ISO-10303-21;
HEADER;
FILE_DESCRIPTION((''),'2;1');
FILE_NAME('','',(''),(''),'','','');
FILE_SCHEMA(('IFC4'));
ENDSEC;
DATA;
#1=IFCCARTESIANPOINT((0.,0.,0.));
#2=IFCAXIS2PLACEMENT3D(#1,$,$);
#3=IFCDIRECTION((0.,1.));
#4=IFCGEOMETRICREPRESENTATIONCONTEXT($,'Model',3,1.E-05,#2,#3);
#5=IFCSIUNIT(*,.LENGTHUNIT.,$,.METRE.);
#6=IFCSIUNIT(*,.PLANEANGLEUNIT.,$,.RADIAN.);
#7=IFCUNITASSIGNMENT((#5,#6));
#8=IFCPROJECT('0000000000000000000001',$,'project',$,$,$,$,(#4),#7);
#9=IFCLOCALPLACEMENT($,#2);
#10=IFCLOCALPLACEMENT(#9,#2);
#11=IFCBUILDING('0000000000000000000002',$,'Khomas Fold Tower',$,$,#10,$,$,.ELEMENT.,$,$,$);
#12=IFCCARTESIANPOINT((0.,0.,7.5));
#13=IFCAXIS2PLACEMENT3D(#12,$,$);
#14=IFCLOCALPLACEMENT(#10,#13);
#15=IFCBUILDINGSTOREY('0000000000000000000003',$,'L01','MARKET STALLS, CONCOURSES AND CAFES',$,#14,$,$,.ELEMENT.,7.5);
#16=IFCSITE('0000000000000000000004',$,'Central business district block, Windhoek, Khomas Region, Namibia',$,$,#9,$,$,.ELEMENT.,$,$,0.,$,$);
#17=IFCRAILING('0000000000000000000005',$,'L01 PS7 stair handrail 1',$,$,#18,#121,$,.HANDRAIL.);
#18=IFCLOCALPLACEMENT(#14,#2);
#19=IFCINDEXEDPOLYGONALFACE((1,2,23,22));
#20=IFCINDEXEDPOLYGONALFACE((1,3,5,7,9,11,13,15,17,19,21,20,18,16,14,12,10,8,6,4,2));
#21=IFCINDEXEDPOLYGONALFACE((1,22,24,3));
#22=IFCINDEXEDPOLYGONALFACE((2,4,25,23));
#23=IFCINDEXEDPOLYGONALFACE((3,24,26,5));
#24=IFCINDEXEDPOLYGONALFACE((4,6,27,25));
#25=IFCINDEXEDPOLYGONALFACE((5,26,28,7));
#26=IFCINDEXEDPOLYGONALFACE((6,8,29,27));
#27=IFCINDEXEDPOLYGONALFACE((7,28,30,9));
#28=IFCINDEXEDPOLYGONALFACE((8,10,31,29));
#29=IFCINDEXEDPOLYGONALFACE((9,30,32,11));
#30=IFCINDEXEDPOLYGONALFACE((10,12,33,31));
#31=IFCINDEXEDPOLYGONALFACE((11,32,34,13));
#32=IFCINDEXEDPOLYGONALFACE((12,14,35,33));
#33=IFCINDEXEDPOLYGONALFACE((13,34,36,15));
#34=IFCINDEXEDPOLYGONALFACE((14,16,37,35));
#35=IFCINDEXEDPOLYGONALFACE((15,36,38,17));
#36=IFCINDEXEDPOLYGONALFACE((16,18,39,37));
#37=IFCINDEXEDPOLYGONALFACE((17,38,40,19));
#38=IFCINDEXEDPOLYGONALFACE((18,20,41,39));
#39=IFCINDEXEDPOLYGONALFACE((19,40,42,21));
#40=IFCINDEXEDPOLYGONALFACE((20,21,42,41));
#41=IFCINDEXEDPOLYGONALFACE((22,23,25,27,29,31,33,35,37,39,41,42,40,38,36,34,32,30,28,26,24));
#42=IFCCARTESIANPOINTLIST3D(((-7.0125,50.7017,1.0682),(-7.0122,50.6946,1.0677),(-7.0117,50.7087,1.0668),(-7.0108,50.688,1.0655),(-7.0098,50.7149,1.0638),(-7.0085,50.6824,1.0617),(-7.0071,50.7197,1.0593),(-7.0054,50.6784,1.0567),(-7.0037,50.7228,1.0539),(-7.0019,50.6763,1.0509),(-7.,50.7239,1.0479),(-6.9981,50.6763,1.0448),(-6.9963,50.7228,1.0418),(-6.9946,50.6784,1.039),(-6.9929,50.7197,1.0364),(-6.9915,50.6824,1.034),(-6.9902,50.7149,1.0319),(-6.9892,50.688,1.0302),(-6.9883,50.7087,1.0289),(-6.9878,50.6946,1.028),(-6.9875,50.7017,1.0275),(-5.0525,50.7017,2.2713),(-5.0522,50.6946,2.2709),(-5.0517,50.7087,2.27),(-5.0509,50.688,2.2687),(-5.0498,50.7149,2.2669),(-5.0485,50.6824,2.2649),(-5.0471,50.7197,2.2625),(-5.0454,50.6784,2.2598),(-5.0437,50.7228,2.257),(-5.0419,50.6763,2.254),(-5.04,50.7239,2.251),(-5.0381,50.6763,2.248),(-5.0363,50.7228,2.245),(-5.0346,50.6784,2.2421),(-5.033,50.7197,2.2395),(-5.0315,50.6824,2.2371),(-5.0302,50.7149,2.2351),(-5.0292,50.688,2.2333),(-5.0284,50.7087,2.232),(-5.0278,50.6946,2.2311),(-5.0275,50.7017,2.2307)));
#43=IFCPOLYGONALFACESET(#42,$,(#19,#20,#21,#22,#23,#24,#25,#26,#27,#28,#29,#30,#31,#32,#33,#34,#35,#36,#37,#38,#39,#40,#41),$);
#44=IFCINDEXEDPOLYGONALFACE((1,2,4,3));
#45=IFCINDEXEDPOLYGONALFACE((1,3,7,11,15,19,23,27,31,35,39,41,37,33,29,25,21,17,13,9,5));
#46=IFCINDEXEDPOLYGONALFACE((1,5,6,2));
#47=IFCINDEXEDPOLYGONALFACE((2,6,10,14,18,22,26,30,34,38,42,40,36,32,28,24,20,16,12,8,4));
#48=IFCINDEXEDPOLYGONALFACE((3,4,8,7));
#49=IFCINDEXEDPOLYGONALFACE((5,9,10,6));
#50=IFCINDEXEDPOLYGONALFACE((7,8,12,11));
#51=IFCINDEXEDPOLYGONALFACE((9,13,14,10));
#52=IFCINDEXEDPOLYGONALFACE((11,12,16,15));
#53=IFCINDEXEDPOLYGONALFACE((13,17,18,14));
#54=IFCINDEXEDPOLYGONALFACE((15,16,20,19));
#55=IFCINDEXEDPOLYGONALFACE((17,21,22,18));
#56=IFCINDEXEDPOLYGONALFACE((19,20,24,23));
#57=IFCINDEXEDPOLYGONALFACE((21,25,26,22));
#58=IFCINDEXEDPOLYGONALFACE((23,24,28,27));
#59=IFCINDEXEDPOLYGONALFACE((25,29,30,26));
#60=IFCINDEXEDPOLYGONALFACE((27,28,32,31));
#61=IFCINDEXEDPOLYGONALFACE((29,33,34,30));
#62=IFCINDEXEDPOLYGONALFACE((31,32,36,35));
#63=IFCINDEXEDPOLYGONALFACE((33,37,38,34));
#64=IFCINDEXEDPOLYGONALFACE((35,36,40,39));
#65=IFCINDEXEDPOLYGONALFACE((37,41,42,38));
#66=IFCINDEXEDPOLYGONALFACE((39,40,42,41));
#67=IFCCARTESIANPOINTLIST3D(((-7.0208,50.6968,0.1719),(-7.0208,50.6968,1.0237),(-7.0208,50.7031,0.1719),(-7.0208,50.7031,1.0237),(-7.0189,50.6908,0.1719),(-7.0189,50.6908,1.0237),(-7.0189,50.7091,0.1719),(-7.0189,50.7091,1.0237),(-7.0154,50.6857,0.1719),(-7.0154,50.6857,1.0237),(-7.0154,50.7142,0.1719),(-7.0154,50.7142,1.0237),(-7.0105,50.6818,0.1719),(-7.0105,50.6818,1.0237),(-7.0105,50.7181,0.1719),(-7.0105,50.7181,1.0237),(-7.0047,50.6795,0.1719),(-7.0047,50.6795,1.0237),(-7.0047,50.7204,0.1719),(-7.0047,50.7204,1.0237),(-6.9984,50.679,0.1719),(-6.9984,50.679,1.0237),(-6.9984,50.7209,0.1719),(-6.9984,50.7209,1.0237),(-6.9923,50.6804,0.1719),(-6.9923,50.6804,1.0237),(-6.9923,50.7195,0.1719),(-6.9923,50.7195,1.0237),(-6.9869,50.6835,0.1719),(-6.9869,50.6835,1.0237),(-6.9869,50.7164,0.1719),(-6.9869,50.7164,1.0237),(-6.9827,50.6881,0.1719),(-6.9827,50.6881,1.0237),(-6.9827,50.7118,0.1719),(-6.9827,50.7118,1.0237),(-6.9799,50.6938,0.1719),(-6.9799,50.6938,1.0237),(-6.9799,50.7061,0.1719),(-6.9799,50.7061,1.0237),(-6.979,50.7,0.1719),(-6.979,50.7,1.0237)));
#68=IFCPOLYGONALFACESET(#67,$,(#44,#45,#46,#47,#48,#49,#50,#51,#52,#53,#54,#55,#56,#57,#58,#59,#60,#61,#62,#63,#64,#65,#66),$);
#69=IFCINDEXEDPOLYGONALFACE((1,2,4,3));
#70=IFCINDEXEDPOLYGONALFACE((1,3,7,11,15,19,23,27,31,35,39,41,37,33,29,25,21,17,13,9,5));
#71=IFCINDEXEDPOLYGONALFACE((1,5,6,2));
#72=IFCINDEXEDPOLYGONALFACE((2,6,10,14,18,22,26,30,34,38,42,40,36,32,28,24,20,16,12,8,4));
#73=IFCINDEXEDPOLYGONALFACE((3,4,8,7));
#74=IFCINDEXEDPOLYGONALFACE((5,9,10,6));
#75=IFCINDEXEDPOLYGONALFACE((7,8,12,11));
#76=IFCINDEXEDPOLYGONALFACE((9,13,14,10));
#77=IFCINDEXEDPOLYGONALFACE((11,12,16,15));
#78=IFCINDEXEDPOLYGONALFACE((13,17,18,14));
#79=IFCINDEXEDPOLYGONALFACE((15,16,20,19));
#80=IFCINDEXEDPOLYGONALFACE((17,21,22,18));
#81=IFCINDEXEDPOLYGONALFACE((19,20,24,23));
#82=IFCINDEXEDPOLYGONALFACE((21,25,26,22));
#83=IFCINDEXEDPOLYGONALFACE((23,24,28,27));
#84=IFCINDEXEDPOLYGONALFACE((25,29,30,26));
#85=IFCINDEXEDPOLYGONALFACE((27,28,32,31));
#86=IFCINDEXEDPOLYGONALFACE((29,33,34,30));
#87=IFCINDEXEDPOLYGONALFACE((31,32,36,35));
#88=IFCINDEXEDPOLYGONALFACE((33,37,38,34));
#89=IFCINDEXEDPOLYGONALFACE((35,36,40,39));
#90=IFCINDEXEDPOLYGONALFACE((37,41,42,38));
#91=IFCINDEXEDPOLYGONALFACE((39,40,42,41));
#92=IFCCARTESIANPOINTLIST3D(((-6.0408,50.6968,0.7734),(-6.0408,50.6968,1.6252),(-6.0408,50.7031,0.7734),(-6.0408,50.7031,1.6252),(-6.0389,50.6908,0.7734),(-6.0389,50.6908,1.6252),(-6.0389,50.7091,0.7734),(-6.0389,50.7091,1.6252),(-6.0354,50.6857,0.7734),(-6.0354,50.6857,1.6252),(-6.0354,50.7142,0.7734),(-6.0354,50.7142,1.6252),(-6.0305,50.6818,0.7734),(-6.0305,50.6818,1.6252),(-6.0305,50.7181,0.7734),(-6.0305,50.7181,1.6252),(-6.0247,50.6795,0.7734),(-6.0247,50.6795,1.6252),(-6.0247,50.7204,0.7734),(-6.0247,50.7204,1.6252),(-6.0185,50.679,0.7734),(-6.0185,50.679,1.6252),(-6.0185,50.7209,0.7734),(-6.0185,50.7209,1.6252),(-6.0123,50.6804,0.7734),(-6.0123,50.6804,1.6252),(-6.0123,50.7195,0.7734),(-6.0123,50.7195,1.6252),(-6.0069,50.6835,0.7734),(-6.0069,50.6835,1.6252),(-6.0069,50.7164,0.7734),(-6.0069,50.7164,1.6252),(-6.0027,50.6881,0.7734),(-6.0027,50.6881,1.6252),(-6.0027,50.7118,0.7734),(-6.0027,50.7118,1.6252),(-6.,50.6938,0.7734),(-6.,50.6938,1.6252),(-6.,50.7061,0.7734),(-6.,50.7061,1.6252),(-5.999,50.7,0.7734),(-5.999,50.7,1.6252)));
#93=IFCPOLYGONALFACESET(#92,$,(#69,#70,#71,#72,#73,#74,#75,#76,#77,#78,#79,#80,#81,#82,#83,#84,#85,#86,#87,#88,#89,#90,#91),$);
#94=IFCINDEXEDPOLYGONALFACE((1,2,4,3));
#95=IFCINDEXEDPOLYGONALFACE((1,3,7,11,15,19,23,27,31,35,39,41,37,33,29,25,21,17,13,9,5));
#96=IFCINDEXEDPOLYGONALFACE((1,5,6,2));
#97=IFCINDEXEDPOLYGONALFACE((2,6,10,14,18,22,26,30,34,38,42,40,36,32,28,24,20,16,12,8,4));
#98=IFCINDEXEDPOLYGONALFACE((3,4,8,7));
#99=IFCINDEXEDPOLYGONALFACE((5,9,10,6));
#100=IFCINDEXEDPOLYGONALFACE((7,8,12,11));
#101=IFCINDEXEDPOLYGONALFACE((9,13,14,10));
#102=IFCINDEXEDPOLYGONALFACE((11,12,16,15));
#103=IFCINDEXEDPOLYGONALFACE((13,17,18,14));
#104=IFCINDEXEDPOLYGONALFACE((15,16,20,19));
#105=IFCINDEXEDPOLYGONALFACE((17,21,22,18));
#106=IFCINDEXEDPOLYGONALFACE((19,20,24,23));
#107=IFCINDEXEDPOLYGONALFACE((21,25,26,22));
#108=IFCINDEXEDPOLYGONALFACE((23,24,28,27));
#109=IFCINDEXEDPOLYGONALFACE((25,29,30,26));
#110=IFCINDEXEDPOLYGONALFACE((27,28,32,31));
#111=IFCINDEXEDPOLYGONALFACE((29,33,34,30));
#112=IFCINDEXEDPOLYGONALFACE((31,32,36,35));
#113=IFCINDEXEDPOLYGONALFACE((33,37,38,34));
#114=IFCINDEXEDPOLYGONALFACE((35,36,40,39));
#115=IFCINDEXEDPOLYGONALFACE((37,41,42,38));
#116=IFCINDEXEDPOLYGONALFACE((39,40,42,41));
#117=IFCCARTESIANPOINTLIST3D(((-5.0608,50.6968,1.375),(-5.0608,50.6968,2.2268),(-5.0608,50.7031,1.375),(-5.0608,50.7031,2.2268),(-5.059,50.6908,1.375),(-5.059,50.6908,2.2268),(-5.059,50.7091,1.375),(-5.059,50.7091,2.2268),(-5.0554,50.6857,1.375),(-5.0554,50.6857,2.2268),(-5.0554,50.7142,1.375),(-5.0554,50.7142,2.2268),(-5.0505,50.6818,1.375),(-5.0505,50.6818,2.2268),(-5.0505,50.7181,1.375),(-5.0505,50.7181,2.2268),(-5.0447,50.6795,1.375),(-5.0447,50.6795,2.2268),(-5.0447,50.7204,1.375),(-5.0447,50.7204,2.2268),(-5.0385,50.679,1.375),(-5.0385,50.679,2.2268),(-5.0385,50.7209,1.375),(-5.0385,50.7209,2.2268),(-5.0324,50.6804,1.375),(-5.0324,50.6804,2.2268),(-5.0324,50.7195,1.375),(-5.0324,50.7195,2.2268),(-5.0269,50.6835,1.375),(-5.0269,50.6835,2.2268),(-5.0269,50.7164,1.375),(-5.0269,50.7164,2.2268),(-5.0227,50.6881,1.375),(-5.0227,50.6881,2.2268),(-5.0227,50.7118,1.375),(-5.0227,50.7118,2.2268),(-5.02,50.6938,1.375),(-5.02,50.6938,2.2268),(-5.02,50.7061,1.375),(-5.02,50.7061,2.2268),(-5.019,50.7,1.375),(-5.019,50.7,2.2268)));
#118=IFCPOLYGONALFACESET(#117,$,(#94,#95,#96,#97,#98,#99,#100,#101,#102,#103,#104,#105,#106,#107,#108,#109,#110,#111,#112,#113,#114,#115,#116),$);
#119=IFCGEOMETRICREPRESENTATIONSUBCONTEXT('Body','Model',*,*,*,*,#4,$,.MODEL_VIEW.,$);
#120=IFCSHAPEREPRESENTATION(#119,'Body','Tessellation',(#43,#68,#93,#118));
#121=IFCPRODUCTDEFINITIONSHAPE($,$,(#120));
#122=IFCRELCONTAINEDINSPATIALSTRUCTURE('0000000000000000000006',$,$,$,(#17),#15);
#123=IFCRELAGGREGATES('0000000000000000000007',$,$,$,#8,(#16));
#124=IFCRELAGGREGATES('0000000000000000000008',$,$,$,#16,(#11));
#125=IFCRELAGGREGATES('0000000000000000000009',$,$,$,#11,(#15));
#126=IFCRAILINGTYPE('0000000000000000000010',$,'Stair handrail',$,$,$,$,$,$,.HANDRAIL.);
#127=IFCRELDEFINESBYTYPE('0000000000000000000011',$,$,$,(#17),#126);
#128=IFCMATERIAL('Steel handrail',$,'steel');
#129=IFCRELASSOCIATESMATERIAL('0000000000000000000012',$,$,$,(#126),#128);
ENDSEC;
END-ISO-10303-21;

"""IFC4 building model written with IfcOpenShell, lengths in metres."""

from ifc_helpers import new_model, si_unit, direction, frame, origin, origin_2d, place, context, subcontext, project, spatial, circle, extrude, source, transform, mapped, material, type_object, element, save


model = new_model("IFC4")

# Units and contexts
model_context = context("Model", 3, precision=1e-05, world=origin(), true_north=direction((0.0, 1.0)))
body_context = subcontext(model_context, "Body", "Model", "MODEL_VIEW")
ifc_project = project(units=[si_unit("LENGTHUNIT", "METRE"), si_unit("PLANEANGLEUNIT", "RADIAN")], contexts=[model_context])

# Site, building, storey
site_placement = place(None, origin())
site = spatial("IfcSite", under=ifc_project, at=site_placement, Name="Central business district block, Windhoek, Khomas Region, Namibia", CompositionType="ELEMENT", RefElevation=0.0)
building_placement = place(site_placement, origin())
building = spatial("IfcBuilding", under=site, at=building_placement, Name="Khomas Fold Tower", CompositionType="ELEMENT")
storey_placement = place(building_placement, frame((0.0, 0.0, 7.5)))
storey = spatial("IfcBuildingStorey", under=building, at=storey_placement, Name="L01", Description="MARKET STALLS, CONCOURSES AND CAFES", CompositionType="ELEMENT", Elevation=7.5)

# Railing
ifc_material_1 = material(Name="Steel handrail", Category="steel")
railing_type_1 = type_object("IfcRailingType", Name="Stair handrail", PredefinedType="HANDRAIL", material=ifc_material_1)
shared_shape_1 = source(origin(), body_context, "Body", "SweptSolid", [
    extrude(circle(Radius=0.0239, at=origin_2d()), frame((0.0, 0.0, 0.876), z_axis=(0.852241, 0.0, 0.523149), x_axis=(0.0, 1.0, 0.0)), (0.0, 0.0, 1.0), 2.2998),
    extrude(circle(Radius=0.021, at=origin_2d()), origin(), (0.0, 0.0, 1.0), 0.8518),
    extrude(circle(Radius=0.021, at=origin_2d()), frame((0.98, 0.0, 0.6016)), (0.0, 0.0, 1.0), 0.8518),
    extrude(circle(Radius=0.021, at=origin_2d()), frame((1.96, 0.0, 1.2031)), (0.0, 0.0, 1.0), 0.8518),
])
for number, where, name in (
    (1, (-7.0, 50.7, 0.1719), "L01 PS7 stair handrail 1"),
):
    element("IfcRailing", number, at=place(storey_placement, frame(where)), inside=storey, type_object=railing_type_1, Name=name, PredefinedType="HANDRAIL", context=body_context, shape_type="MappedRepresentation", body=[
        mapped(shared_shape_1, transform((0.0, 0.0, 0.0))),
    ])

save(model, "model.ifc")
